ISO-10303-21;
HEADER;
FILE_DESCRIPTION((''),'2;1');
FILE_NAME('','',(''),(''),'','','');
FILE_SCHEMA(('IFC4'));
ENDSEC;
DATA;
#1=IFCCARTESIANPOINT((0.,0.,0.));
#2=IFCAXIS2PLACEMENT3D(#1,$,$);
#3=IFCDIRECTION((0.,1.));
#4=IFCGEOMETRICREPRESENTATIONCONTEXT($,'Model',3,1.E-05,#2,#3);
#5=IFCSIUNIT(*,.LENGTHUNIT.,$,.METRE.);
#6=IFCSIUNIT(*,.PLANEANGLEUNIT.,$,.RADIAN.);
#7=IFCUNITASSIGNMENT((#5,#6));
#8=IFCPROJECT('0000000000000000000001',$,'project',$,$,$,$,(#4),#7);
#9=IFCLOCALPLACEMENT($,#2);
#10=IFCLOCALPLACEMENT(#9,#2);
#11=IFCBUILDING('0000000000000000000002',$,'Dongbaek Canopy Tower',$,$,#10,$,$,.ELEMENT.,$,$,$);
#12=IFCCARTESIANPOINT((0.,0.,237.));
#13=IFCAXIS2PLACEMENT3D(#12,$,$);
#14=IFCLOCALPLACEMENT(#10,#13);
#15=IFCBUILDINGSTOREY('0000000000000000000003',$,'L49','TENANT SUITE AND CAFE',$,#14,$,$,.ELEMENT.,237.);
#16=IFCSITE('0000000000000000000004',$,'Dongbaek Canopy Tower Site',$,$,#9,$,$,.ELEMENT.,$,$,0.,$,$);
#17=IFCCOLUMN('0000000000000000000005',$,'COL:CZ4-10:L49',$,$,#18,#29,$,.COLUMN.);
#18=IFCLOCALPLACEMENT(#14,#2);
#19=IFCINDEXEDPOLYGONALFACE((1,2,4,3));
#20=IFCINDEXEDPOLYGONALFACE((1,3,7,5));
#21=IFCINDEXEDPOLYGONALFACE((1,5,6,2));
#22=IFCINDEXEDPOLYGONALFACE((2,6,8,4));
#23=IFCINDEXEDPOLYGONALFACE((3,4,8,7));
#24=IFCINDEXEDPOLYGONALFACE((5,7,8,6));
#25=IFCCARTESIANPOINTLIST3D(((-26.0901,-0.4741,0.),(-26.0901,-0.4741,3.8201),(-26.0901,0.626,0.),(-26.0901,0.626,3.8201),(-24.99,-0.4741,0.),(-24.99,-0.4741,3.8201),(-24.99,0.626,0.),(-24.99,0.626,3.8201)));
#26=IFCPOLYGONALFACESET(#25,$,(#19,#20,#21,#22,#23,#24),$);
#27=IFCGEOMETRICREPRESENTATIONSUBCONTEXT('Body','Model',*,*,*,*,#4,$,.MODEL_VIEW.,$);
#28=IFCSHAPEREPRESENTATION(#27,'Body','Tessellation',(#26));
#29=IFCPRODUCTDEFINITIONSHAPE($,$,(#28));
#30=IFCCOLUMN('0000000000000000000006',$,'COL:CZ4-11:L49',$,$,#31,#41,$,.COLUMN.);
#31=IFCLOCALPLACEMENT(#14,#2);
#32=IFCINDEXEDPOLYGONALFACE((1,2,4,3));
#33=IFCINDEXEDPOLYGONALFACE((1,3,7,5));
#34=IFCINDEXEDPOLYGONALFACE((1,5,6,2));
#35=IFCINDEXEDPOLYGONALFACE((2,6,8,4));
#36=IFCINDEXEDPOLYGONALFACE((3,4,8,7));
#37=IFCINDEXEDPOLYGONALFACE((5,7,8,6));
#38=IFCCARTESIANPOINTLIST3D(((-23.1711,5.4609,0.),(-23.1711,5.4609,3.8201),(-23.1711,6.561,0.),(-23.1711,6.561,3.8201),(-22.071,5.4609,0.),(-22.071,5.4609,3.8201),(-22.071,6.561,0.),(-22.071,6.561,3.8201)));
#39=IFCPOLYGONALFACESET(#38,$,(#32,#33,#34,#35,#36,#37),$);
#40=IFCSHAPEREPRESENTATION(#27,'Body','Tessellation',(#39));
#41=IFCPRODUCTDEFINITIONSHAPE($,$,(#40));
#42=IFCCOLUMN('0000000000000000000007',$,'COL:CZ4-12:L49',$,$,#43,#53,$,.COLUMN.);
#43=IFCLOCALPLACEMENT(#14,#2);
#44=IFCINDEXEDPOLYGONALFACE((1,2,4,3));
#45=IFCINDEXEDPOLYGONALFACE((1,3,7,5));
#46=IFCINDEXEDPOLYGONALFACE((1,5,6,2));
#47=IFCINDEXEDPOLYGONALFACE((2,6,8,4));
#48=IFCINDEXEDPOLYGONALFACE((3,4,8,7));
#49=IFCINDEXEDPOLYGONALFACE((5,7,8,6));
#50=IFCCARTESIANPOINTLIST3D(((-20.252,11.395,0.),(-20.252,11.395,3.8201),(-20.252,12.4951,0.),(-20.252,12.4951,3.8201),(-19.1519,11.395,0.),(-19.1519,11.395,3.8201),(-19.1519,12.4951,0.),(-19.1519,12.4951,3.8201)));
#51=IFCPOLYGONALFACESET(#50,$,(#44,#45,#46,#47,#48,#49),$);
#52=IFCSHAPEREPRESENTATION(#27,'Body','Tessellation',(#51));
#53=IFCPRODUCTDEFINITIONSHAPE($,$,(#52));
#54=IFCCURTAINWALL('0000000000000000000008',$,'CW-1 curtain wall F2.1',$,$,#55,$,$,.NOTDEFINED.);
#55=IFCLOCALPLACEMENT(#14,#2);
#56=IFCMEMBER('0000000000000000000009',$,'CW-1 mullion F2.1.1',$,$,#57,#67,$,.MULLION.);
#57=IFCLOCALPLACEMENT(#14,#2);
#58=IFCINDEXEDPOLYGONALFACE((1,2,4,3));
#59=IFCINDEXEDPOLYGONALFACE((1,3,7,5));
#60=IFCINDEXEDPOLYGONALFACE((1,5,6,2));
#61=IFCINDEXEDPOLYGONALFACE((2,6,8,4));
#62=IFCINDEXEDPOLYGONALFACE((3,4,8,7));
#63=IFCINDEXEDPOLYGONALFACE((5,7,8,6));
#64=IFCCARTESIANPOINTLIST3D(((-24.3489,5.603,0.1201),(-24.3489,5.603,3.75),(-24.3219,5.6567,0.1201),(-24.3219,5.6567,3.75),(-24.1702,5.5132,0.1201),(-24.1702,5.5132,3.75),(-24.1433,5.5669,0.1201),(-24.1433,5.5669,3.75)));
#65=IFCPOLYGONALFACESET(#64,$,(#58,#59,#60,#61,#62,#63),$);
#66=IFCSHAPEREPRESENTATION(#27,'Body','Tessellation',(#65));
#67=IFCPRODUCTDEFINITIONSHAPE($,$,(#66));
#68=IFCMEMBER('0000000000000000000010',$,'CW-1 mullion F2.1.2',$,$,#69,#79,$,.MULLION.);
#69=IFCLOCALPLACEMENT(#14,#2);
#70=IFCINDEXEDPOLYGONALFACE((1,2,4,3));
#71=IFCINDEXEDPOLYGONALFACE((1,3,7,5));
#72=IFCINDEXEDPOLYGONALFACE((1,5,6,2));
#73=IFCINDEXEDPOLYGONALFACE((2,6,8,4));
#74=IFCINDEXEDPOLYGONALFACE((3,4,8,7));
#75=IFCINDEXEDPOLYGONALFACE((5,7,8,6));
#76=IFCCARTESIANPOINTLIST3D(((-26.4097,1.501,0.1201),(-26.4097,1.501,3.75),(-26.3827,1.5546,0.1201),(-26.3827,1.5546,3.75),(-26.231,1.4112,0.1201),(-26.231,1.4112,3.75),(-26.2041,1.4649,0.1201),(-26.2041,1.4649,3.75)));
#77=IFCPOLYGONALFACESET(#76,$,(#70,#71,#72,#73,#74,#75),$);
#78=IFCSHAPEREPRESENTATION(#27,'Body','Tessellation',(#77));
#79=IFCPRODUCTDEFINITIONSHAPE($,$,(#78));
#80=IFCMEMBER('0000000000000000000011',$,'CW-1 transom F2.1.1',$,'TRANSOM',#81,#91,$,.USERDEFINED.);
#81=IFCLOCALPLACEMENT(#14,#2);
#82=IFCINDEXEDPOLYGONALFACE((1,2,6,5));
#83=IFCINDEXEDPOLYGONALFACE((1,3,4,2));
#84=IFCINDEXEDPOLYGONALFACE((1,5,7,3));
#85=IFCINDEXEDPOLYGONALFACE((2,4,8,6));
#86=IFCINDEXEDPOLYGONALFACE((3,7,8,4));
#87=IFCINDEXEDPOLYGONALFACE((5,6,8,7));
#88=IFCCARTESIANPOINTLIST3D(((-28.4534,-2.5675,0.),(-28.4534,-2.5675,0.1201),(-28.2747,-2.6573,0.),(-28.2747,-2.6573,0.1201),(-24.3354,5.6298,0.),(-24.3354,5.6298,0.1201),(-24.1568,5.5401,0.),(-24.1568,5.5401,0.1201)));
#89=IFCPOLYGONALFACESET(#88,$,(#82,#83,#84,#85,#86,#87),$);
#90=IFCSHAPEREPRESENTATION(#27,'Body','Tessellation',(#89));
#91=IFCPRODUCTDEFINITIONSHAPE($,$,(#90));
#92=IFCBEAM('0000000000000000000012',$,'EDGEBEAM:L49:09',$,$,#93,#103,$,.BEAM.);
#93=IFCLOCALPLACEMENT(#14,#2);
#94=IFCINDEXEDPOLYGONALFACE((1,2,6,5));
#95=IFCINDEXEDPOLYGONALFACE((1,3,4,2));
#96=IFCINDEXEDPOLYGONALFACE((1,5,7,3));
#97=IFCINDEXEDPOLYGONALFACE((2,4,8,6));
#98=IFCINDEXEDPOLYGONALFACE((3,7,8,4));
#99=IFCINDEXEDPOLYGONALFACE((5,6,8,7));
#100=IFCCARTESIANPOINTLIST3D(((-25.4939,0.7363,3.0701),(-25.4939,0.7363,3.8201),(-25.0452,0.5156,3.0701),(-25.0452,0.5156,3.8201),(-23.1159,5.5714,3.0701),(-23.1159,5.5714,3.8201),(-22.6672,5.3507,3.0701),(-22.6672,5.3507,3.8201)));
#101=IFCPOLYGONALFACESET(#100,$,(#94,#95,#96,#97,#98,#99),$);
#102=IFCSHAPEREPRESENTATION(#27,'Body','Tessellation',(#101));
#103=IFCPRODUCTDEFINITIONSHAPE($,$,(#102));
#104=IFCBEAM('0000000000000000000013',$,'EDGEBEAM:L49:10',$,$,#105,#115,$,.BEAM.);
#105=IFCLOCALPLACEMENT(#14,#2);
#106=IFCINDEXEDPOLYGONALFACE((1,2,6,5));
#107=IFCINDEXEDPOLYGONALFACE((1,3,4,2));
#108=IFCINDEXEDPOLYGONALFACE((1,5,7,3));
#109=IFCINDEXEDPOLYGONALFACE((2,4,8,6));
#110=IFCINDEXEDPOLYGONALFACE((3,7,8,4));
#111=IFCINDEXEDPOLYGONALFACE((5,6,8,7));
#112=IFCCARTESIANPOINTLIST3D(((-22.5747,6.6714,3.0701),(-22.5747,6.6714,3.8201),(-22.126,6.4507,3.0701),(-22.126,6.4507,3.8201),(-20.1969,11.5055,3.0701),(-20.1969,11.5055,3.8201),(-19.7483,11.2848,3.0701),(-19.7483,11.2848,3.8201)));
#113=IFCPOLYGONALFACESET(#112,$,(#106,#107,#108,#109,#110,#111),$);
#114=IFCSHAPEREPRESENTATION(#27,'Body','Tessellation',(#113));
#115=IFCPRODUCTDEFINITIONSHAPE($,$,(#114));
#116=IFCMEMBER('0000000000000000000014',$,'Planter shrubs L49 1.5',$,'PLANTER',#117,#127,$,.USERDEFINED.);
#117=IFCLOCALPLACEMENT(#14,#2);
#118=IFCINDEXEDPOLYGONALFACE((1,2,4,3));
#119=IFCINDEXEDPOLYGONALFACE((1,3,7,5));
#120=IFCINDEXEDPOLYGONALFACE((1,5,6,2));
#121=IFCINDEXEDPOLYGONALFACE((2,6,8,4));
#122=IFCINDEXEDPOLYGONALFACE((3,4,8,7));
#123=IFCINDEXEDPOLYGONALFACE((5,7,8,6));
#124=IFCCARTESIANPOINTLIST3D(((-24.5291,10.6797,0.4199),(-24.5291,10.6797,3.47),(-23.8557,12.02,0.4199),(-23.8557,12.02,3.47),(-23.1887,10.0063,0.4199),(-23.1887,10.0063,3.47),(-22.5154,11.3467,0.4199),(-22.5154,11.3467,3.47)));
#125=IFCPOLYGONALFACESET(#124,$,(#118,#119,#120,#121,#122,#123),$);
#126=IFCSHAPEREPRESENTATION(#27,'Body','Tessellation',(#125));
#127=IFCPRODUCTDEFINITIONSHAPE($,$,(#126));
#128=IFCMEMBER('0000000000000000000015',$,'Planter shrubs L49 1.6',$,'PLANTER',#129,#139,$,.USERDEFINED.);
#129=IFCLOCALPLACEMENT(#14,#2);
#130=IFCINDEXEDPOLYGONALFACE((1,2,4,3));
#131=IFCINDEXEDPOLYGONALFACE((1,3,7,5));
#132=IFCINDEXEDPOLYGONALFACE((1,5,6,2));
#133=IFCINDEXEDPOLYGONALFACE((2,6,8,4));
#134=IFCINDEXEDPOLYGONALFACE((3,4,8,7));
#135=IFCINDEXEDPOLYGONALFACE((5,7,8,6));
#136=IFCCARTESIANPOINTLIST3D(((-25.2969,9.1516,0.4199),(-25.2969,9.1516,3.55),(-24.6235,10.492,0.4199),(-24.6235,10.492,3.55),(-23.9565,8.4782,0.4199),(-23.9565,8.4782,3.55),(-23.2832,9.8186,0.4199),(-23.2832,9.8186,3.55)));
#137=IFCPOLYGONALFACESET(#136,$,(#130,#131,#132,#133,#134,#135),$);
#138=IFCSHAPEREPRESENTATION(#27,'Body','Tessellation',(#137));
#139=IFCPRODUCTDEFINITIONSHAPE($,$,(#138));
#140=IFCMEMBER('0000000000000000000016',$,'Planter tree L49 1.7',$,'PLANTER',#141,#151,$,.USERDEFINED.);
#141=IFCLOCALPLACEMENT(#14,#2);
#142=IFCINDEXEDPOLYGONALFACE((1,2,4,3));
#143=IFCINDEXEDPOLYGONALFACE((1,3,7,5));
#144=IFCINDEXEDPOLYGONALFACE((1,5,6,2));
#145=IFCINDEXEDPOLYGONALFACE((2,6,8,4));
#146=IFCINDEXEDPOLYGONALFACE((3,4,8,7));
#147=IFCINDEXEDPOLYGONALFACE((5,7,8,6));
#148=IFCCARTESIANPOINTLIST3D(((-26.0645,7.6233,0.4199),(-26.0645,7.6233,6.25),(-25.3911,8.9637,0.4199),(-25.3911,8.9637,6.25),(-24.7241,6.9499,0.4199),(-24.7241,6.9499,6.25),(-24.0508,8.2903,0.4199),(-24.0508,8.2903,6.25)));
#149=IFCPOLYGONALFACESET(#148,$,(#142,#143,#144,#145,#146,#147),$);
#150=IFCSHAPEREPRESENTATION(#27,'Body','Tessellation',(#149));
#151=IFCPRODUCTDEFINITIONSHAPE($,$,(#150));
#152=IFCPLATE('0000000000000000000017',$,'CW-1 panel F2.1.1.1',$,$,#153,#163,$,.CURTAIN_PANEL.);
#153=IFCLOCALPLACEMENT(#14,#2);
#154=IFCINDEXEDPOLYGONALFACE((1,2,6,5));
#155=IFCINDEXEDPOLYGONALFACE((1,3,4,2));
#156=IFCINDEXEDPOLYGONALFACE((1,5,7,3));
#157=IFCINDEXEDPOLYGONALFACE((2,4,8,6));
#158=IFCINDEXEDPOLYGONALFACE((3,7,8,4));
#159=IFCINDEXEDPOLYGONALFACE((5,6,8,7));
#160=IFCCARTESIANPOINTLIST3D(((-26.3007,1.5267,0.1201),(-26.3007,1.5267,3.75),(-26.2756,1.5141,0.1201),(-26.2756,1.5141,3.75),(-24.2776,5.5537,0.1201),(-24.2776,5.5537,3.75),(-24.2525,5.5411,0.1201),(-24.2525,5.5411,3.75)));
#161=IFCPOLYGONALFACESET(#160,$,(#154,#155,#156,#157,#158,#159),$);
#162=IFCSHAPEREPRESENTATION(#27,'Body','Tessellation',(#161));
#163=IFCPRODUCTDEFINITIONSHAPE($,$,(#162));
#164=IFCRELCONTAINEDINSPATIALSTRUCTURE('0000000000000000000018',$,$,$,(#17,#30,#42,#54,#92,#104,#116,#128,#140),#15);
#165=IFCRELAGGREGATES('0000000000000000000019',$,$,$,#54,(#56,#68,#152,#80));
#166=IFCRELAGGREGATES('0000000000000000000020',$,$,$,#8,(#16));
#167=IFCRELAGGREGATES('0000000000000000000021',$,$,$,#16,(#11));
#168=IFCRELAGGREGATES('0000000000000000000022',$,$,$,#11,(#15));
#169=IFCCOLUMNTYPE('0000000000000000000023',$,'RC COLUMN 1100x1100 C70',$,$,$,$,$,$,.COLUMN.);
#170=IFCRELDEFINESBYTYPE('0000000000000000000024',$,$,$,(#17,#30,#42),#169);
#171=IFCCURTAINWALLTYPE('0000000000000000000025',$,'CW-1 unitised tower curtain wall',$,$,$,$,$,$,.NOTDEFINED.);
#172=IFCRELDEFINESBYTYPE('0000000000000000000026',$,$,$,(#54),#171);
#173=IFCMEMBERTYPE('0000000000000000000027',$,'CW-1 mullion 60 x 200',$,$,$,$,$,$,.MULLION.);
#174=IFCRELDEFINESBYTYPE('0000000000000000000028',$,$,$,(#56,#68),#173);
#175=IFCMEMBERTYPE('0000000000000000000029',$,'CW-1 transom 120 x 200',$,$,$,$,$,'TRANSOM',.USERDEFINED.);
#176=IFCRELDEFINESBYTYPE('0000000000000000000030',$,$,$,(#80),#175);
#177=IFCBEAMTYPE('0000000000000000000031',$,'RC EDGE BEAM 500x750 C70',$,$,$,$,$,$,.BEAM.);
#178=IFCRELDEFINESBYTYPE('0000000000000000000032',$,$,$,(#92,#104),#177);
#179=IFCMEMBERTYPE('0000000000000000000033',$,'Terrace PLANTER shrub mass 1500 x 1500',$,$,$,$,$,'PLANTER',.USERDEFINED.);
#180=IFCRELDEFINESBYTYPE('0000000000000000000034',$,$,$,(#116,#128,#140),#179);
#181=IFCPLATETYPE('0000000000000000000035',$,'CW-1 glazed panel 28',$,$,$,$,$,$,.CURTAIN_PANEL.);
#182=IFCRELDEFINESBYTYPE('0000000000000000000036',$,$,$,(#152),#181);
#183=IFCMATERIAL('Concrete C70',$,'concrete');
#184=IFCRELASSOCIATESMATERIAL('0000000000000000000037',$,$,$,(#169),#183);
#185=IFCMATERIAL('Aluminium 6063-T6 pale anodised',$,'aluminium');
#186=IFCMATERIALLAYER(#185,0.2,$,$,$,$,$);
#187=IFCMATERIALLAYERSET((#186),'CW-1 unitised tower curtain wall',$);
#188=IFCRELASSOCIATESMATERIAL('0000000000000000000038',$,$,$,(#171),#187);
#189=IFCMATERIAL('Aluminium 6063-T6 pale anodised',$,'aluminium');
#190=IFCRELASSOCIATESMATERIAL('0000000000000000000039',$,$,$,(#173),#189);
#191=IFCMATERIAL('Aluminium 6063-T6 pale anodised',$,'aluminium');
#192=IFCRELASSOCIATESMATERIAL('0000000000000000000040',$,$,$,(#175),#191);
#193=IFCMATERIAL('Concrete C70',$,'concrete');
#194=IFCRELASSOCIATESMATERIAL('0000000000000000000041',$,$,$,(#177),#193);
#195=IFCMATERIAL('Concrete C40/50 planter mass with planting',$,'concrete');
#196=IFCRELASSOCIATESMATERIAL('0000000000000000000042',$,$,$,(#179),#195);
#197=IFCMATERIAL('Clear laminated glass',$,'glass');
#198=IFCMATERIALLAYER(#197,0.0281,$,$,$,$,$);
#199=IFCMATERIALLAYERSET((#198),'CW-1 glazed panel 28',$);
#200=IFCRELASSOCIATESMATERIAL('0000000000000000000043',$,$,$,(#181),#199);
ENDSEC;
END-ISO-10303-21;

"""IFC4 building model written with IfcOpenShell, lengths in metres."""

from ifc_helpers import new_model, si_unit, direction, frame, origin, origin_2d, place, context, subcontext, project, spatial, rectangle, extrude, material, layer, layer_set, material_profile, profile_set, type_object, element, aggregate, save


model = new_model("IFC4")

# Units and contexts
model_context = context("Model", 3, precision=1e-05, world=origin(), true_north=direction((0.0, 1.0)))
body_context = subcontext(model_context, "Body", "Model", "MODEL_VIEW")
ifc_project = project(units=[si_unit("LENGTHUNIT", "METRE"), si_unit("PLANEANGLEUNIT", "RADIAN")], contexts=[model_context])

# Site, building, storey
site_placement = place(None, origin())
site = spatial("IfcSite", under=ifc_project, at=site_placement, Name="Dongbaek Canopy Tower Site", CompositionType="ELEMENT", RefElevation=0.0)
building_placement = place(site_placement, origin())
building = spatial("IfcBuilding", under=site, at=building_placement, Name="Dongbaek Canopy Tower", CompositionType="ELEMENT")
storey_placement = place(building_placement, frame((0.0, 0.0, 237.0)))
storey = spatial("IfcBuildingStorey", under=building, at=storey_placement, Name="L49", Description="TENANT SUITE AND CAFE", CompositionType="ELEMENT", Elevation=237.0)

# Columns
ifc_material_1 = material(Name="Concrete C70", Category="concrete")
ifc_material_profile_1 = material_profile(ifc_material_1, rectangle(XDim=1.1001, YDim=1.1001, at=origin_2d()), Name="RC COLUMN 1100x1100 C70")
ifc_profile_set_1 = profile_set([ifc_material_profile_1], Name="Concrete C70")
column_type = type_object("IfcColumnType", Name="RC COLUMN 1100x1100 C70", PredefinedType="COLUMN", material=ifc_profile_set_1)
for number, where, z_axis, x_axis, name in (
    (1, (-25.54, 0.0759, 0.0), (0.0, 0.0, 1.0), (1.0, 0.0, 0.0), "COL:CZ4-10:L49"),
    (2, (-22.6211, 6.011, 0.0), (0.0, 0.0, 1.0), (1.0, 0.0, 0.0), "COL:CZ4-11:L49"),
    (3, (-19.7019, 11.9451, 0.0), (0.0, 0.0, 1.0), (1.0, 0.0, 0.0), "COL:CZ4-12:L49"),
):
    element("IfcColumn", number, at=place(storey_placement, frame(where, z_axis=z_axis, x_axis=x_axis)), inside=storey, type_object=column_type, Name=name, PredefinedType="COLUMN", context=body_context, shape_type="SweptSolid", body=[
        extrude(rectangle(XDim=1.1001, YDim=1.1001, at=origin_2d()), origin(), (0.0, 0.0, 1.0), 3.8201),
    ])

# Curtain wall, members
ifc_material_2 = material(Name="Aluminium 6063-T6 pale anodised", Category="aluminium")
ifc_layer_1 = layer(ifc_material_2, 0.2)
ifc_layer_set_1 = layer_set([ifc_layer_1], Name="CW-1 unitised tower curtain wall")
curtain_wall_type = type_object("IfcCurtainWallType", Name="CW-1 unitised tower curtain wall", PredefinedType="NOTDEFINED", material=ifc_layer_set_1)
curtain_wall_placement = place(storey_placement, origin())
curtain_wall = element("IfcCurtainWall", 4, at=curtain_wall_placement, inside=storey, type_object=curtain_wall_type, Name="CW-1 curtain wall F2.1", PredefinedType="NOTDEFINED")
ifc_material_3 = material(Name="Aluminium 6063-T6 pale anodised", Category="aluminium")
ifc_material_profile_2 = material_profile(ifc_material_3, rectangle(XDim=0.2, YDim=0.0601, at=origin_2d()), Name="CW-1 mullion 60 x 200")
ifc_profile_set_2 = profile_set([ifc_material_profile_2], Name="Aluminium 6063-T6 pale anodised")
member_type_1 = type_object("IfcMemberType", Name="CW-1 mullion 60 x 200", PredefinedType="MULLION", material=ifc_profile_set_2)
member_1_placement = place(storey_placement, frame((-24.2461, 5.585, 0.1201), z_axis=(0.0, 0.0, 1.0), x_axis=(-0.893577, 0.448909, 0.0)))
member_1 = element("IfcMember", 5, at=member_1_placement, type_object=member_type_1, Name="CW-1 mullion F2.1.1", PredefinedType="MULLION", context=body_context, shape_type="SweptSolid", body=[
    extrude(rectangle(XDim=0.2, YDim=0.0601, at=origin_2d()), origin(), (0.0, 0.0, 1.0), 3.6299),
])
member_2_placement = place(storey_placement, frame((-26.3069, 1.4829, 0.1201), z_axis=(0.0, 0.0, 1.0), x_axis=(-0.893577, 0.448909, 0.0)))
member_2 = element("IfcMember", 6, at=member_2_placement, type_object=member_type_1, Name="CW-1 mullion F2.1.2", PredefinedType="MULLION", context=body_context, shape_type="SweptSolid", body=[
    extrude(rectangle(XDim=0.2, YDim=0.0601, at=origin_2d()), origin(), (0.0, 0.0, 1.0), 3.6299),
])
ifc_material_4 = material(Name="Aluminium 6063-T6 pale anodised", Category="aluminium")
ifc_material_profile_3 = material_profile(ifc_material_4, rectangle(XDim=0.2, YDim=0.1201, at=origin_2d()), Name="CW-1 transom 120 x 200")
ifc_profile_set_3 = profile_set([ifc_material_profile_3], Name="Aluminium 6063-T6 pale anodised")
member_type_2 = type_object("IfcMemberType", Name="CW-1 transom 120 x 200", ElementType="TRANSOM", PredefinedType="USERDEFINED", material=ifc_profile_set_3)
member_3_placement = place(storey_placement, frame((-24.2461, 5.585, 0.0601), z_axis=(-0.448895, -0.893585, 0.0), x_axis=(0.893585, -0.448895, 0.0)))
member_3 = element("IfcMember", 7, at=member_3_placement, type_object=member_type_2, Name="CW-1 transom F2.1.1", ObjectType="TRANSOM", PredefinedType="USERDEFINED", context=body_context, shape_type="SweptSolid", body=[
    extrude(rectangle(XDim=0.2, YDim=0.1201, at=origin_2d()), origin(), (0.0, 0.0, 1.0), 9.1736),
])

# Beams
ifc_material_5 = material(Name="Concrete C70", Category="concrete")
ifc_material_profile_4 = material_profile(ifc_material_5, rectangle(XDim=0.5, YDim=0.75, at=origin_2d()), Name="RC EDGE BEAM 500x750 C70")
ifc_profile_set_4 = profile_set([ifc_material_profile_4], Name="Concrete C70")
beam_type = type_object("IfcBeamType", Name="RC EDGE BEAM 500x750 C70", PredefinedType="BEAM", material=ifc_profile_set_4)
beam_1_placement = place(storey_placement, frame((-25.2695, 0.626, 3.4451), z_axis=(0.441332, 0.897344, 0.0), x_axis=(-0.897344, 0.441332, 0.0)))
element("IfcBeam", 8, at=beam_1_placement, inside=storey, type_object=beam_type, Name="EDGEBEAM:L49:09", PredefinedType="BEAM", context=body_context, shape_type="SweptSolid", body=[
    extrude(rectangle(XDim=0.5, YDim=0.75, at=origin_2d()), origin(), (0.0, 0.0, 1.0), 5.3882),
])
beam_2_placement = place(storey_placement, frame((-22.3503, 6.561, 3.4451), z_axis=(0.441367, 0.897327, 0.0), x_axis=(-0.897327, 0.441367, 0.0)))
element("IfcBeam", 9, at=beam_2_placement, inside=storey, type_object=beam_type, Name="EDGEBEAM:L49:10", PredefinedType="BEAM", context=body_context, shape_type="SweptSolid", body=[
    extrude(rectangle(XDim=0.5, YDim=0.75, at=origin_2d()), origin(), (0.0, 0.0, 1.0), 5.3872),
])

# Members
ifc_material_6 = material(Name="Concrete C40/50 planter mass with planting", Category="concrete")
ifc_material_profile_5 = material_profile(ifc_material_6, rectangle(XDim=1.5, YDim=1.5, at=origin_2d()), Name="Terrace PLANTER shrub mass 1500 x 1500")
ifc_profile_set_5 = profile_set([ifc_material_profile_5], Name="Concrete C40/50 planter mass with planting")
member_type_3 = type_object("IfcMemberType", Name="Terrace PLANTER shrub mass 1500 x 1500", ElementType="PLANTER", PredefinedType="USERDEFINED", material=ifc_profile_set_5)
member_4_placement = place(storey_placement, frame((-23.5222, 11.0132, 0.4199), z_axis=(0.0, 0.0, 1.0), x_axis=(-0.893577, 0.448909, 0.0)))
element("IfcMember", 10, at=member_4_placement, inside=storey, type_object=member_type_3, Name="Planter shrubs L49 1.5", ObjectType="PLANTER", PredefinedType="USERDEFINED", context=body_context, shape_type="SweptSolid", body=[
    extrude(rectangle(XDim=1.5, YDim=1.5, at=origin_2d()), origin(), (0.0, 0.0, 1.0), 3.05),
])
member_5_placement = place(storey_placement, frame((-24.29, 9.4851, 0.4199), z_axis=(0.0, 0.0, 1.0), x_axis=(-0.893577, 0.448909, 0.0)))
element("IfcMember", 11, at=member_5_placement, inside=storey, type_object=member_type_3, Name="Planter shrubs L49 1.6", ObjectType="PLANTER", PredefinedType="USERDEFINED", context=body_context, shape_type="SweptSolid", body=[
    extrude(rectangle(XDim=1.5, YDim=1.5, at=origin_2d()), origin(), (0.0, 0.0, 1.0), 3.1301),
])
member_6_placement = place(storey_placement, frame((-25.0576, 7.9568, 0.4199), z_axis=(0.0, 0.0, 1.0), x_axis=(-0.893577, 0.448909, 0.0)))
element("IfcMember", 12, at=member_6_placement, inside=storey, type_object=member_type_3, Name="Planter tree L49 1.7", ObjectType="PLANTER", PredefinedType="USERDEFINED", context=body_context, shape_type="SweptSolid", body=[
    extrude(rectangle(XDim=1.5, YDim=1.5, at=origin_2d()), origin(), (0.0, 0.0, 1.0), 5.8301),
])

# Plate
ifc_material_7 = material(Name="Clear laminated glass", Category="glass")
ifc_layer_2 = layer(ifc_material_7, 0.0281)
ifc_layer_set_2 = layer_set([ifc_layer_2], Name="CW-1 glazed panel 28")
plate_type = type_object("IfcPlateType", Name="CW-1 glazed panel 28", PredefinedType="CURTAIN_PANEL", material=ifc_layer_set_2)
plate_placement = place(storey_placement, frame((-25.2766, 3.5339, 0.1201), z_axis=(0.0, 0.0, 1.0), x_axis=(-0.448909, -0.893577, 0.0)))
plate = element("IfcPlate", 13, at=plate_placement, type_object=plate_type, Name="CW-1 panel F2.1.1.1", PredefinedType="CURTAIN_PANEL", context=body_context, shape_type="SweptSolid", body=[
    extrude(rectangle(XDim=4.5066, YDim=0.0281, at=origin_2d()), origin(), (0.0, 0.0, 1.0), 3.6299),
])

aggregate(curtain_wall, [member_1, member_2, plate, member_3])

save(model, "model.ifc")
